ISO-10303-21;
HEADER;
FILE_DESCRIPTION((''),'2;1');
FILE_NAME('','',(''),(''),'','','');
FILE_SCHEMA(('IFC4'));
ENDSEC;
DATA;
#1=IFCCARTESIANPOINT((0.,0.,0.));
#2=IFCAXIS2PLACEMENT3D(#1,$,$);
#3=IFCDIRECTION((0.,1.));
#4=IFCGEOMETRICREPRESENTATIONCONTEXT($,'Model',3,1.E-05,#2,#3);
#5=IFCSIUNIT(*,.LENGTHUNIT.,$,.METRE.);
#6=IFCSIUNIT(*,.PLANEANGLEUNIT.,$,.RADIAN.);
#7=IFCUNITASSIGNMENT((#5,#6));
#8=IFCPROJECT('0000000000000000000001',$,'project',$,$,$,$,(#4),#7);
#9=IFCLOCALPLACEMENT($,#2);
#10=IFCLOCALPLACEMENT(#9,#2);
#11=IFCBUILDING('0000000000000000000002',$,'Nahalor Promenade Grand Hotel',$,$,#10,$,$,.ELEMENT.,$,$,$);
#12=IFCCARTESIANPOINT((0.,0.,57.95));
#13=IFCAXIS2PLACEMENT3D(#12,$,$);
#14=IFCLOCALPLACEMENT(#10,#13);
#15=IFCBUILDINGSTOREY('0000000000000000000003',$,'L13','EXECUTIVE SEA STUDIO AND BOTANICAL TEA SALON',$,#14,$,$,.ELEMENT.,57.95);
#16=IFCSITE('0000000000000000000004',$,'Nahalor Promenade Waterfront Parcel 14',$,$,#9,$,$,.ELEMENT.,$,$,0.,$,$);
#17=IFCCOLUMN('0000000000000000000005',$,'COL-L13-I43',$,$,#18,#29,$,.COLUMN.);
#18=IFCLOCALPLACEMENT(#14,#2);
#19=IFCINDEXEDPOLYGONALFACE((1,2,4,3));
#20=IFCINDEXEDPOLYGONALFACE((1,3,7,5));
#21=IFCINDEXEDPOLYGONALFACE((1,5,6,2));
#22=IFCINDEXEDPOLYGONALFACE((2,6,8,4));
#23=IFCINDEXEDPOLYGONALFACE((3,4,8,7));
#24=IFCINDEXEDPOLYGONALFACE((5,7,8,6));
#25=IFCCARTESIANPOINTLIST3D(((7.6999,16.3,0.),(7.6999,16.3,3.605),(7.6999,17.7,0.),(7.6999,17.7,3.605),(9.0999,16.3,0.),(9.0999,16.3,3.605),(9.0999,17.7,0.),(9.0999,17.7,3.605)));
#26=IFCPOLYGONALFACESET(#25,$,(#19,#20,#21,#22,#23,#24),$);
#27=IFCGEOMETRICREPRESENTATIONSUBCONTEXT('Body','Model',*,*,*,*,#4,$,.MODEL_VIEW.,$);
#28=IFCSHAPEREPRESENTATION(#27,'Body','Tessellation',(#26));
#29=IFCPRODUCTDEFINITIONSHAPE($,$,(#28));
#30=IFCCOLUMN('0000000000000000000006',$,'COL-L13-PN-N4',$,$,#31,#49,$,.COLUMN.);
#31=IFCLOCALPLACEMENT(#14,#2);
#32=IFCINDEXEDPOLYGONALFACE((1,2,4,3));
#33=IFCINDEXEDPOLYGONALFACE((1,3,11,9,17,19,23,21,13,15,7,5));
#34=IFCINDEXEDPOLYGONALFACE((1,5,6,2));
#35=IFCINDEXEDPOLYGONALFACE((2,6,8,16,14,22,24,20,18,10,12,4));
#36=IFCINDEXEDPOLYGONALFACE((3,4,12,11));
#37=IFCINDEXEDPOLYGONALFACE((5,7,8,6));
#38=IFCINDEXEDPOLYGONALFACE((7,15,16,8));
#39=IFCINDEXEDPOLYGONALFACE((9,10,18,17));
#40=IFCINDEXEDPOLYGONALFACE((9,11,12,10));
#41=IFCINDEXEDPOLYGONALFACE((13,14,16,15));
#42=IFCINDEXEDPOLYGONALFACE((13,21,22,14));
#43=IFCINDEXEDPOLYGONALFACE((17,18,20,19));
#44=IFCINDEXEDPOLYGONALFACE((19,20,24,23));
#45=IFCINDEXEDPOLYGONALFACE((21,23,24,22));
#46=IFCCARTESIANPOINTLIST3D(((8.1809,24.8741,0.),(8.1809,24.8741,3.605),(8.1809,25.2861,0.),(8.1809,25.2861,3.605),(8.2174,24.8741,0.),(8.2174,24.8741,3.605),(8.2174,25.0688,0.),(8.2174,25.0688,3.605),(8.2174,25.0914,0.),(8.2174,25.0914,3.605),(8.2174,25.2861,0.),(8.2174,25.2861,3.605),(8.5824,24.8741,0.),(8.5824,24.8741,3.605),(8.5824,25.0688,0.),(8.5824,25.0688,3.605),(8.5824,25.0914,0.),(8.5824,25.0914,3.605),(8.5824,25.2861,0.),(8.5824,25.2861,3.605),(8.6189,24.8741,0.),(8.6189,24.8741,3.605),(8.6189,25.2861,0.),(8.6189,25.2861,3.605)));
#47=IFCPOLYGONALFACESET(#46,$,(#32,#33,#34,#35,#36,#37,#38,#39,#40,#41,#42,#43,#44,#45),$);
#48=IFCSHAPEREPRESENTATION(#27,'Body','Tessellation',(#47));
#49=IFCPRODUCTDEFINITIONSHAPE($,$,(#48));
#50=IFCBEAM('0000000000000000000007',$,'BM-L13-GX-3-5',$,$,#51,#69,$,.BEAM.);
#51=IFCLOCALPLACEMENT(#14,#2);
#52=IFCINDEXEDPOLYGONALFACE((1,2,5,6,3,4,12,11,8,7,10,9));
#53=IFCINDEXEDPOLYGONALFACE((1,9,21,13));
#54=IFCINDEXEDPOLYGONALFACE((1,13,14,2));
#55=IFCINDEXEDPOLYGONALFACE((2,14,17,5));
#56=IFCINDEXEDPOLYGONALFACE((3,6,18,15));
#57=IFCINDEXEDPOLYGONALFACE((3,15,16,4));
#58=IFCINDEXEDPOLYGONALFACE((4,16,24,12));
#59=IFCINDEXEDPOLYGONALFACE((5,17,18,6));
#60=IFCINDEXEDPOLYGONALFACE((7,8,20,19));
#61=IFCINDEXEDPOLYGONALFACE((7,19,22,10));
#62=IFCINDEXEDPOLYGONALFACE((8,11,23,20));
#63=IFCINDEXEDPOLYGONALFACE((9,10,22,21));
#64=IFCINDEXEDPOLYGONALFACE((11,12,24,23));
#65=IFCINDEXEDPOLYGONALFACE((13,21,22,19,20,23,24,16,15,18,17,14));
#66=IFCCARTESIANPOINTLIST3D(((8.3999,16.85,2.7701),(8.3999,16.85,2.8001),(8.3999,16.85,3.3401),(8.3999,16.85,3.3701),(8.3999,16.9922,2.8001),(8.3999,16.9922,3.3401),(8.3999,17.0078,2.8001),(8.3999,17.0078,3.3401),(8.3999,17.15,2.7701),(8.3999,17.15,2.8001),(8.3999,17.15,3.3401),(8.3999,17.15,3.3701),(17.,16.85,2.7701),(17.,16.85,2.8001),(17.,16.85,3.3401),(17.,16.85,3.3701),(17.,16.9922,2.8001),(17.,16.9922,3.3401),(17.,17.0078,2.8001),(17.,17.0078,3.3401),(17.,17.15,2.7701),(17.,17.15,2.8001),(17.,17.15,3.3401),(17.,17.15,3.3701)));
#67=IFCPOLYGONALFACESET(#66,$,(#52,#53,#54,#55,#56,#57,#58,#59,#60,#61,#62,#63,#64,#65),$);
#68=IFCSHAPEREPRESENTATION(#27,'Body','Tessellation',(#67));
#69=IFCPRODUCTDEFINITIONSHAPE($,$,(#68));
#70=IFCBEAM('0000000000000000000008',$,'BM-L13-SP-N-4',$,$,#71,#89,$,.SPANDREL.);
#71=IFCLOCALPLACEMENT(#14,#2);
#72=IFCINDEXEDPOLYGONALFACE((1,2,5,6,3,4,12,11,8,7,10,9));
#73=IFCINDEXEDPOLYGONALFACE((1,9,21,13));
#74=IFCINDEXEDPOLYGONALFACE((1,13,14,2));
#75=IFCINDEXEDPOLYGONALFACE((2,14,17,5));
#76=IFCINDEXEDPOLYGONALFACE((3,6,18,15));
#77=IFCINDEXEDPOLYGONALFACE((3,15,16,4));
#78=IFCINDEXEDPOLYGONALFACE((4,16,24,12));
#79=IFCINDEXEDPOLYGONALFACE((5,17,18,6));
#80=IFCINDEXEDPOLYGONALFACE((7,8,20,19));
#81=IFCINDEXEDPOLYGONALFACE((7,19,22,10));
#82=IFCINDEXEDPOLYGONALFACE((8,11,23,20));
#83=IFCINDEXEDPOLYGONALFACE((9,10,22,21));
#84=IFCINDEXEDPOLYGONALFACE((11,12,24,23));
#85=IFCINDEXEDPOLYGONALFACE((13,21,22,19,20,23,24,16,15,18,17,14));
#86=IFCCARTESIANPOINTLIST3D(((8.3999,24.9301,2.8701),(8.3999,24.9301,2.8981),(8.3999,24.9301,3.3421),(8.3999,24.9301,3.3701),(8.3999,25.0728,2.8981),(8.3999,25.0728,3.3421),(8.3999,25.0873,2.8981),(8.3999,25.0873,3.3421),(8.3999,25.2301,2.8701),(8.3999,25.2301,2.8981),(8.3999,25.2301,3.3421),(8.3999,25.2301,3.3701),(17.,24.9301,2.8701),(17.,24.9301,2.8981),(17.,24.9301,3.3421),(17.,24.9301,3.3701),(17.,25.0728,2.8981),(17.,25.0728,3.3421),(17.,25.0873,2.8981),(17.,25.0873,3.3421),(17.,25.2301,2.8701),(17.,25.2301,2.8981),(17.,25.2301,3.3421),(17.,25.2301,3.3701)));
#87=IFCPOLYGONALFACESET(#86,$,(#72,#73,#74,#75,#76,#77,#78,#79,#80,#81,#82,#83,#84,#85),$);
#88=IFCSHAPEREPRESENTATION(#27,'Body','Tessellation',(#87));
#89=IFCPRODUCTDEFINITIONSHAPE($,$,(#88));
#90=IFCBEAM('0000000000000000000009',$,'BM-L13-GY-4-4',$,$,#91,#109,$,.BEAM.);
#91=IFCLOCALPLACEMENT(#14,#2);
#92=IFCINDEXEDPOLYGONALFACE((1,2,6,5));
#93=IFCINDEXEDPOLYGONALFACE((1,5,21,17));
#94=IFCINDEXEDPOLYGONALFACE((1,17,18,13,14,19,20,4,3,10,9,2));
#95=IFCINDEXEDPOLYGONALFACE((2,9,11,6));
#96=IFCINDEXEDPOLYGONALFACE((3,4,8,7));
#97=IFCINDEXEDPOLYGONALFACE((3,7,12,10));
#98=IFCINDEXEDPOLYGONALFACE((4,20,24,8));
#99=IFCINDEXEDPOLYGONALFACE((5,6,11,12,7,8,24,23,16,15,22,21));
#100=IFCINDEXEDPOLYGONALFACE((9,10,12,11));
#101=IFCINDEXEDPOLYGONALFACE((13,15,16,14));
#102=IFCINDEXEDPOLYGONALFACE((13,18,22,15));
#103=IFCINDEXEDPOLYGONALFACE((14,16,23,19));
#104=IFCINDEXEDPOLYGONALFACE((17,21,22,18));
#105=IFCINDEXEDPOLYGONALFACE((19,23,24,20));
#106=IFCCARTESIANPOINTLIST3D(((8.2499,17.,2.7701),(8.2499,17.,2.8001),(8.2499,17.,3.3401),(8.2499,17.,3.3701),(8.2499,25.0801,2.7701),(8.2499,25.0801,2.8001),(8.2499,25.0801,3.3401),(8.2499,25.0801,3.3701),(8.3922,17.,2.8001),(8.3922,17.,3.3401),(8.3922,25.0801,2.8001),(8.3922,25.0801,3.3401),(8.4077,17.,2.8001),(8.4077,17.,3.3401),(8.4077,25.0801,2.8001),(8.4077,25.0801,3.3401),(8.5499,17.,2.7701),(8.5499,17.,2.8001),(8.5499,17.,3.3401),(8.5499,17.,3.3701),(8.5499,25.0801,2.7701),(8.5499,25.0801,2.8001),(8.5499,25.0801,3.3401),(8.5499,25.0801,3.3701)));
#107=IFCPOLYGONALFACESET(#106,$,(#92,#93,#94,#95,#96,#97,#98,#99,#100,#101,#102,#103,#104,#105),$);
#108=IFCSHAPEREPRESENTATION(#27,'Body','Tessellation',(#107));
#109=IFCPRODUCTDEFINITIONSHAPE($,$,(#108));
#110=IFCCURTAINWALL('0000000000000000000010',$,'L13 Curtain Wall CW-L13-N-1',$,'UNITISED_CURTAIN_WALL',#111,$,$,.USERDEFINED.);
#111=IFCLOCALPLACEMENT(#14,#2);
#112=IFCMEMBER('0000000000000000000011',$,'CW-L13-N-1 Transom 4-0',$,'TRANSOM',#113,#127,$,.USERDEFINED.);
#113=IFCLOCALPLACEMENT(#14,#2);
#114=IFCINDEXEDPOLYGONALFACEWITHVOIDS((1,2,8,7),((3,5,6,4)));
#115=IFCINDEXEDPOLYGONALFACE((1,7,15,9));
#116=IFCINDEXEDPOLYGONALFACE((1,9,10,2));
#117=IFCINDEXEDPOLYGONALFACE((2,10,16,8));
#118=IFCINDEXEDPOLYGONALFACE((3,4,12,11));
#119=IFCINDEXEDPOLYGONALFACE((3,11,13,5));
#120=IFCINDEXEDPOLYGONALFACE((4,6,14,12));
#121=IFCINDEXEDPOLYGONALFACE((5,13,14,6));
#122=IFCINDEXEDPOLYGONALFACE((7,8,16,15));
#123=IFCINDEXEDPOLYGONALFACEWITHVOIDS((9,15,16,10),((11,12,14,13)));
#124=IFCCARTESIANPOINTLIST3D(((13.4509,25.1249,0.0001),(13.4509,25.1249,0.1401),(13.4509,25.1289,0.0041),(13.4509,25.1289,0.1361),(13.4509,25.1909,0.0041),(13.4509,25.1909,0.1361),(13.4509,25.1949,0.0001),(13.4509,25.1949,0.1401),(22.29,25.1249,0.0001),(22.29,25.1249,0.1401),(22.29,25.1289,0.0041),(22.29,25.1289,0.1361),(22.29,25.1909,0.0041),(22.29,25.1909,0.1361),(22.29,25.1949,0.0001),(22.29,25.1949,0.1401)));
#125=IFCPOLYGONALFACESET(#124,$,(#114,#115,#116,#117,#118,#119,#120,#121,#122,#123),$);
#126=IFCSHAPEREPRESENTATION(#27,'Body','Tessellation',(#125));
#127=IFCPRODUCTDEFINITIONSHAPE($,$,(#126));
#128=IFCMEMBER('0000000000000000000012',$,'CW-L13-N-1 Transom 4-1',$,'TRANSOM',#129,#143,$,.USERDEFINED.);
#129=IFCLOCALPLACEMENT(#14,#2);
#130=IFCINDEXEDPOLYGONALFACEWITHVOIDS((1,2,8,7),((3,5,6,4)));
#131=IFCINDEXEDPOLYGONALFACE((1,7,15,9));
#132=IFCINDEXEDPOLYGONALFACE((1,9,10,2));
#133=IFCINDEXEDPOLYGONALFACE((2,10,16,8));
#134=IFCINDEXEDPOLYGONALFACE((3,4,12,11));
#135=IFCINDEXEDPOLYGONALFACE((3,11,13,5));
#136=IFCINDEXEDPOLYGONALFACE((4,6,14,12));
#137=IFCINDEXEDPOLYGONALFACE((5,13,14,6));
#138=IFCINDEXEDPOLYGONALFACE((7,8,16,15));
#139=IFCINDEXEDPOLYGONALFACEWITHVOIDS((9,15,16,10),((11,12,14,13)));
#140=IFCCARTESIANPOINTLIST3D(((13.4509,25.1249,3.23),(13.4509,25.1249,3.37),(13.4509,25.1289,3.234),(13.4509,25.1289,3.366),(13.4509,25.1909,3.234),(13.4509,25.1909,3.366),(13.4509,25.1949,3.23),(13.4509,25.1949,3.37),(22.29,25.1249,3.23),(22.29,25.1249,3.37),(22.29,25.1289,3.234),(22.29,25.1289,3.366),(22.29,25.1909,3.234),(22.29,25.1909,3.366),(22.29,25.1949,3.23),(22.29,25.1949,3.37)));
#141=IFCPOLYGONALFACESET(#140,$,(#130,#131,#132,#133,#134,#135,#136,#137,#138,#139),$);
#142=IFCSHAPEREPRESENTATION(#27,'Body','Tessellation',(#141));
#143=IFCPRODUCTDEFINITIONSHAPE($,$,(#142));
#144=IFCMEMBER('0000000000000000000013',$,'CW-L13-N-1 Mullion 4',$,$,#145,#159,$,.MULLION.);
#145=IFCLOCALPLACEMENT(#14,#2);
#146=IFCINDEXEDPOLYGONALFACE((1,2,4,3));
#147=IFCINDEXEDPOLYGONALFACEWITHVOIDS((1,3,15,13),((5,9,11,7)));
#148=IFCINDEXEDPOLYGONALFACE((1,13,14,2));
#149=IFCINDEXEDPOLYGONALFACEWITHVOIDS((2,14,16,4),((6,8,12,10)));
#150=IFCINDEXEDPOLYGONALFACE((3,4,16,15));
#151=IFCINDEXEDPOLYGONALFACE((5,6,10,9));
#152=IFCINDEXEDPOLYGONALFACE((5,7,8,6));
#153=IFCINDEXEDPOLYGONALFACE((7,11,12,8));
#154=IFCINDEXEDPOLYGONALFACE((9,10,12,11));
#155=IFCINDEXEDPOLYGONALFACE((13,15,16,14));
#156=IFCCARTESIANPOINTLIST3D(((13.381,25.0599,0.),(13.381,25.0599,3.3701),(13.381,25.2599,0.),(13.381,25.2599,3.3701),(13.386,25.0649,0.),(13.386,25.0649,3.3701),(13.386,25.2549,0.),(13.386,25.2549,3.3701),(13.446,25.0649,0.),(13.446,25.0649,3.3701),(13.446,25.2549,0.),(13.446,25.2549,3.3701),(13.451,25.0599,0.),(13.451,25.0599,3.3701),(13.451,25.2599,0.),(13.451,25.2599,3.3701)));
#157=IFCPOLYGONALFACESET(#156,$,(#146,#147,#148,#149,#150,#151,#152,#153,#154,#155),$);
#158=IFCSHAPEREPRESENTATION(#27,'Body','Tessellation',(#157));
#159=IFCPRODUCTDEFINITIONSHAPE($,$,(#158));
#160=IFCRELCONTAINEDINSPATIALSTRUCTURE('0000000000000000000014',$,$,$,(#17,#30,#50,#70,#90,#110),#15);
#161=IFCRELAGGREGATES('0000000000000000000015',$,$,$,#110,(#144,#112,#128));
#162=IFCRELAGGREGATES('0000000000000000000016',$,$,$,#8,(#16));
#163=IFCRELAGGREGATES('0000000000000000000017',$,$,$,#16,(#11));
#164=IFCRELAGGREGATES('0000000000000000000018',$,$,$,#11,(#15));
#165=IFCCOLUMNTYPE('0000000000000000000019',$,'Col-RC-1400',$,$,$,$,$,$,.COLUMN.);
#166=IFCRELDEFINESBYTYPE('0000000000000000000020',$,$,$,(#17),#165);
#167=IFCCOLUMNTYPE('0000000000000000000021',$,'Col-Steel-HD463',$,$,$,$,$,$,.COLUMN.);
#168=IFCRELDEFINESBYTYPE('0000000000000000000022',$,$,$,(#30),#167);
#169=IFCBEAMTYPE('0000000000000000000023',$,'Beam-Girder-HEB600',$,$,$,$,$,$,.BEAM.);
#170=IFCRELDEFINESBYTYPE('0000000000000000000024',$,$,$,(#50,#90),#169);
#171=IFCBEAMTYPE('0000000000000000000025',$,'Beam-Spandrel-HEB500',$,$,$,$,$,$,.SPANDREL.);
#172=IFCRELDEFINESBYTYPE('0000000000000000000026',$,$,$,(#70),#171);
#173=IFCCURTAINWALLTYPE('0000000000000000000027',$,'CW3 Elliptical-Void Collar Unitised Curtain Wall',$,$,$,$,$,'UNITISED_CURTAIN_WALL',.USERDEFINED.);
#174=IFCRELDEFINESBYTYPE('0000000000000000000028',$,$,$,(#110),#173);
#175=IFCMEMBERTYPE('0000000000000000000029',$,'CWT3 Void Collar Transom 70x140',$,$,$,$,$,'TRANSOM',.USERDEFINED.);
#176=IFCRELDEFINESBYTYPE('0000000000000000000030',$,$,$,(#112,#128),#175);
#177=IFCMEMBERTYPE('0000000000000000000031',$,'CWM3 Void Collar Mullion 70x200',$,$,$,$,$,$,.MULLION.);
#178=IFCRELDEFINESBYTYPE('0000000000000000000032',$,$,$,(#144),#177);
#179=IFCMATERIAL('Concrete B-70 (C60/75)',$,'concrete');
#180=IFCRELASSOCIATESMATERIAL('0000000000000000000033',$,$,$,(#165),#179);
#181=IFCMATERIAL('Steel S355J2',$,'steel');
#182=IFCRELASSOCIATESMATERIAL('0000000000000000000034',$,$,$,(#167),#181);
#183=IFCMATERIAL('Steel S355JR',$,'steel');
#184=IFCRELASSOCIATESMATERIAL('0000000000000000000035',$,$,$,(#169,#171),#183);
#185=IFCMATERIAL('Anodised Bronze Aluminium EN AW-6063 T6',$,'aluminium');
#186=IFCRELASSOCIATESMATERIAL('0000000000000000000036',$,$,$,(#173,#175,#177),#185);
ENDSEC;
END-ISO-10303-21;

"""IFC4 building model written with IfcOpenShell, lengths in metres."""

from ifc_helpers import new_model, si_unit, direction, frame, origin, origin_2d, place, context, subcontext, project, spatial, rectangle, hollow_rectangle, i_section, extrude, source, transform, mapped, material, material_profile, profile_set, type_object, element, aggregate, save


model = new_model("IFC4")

# Units and contexts
model_context = context("Model", 3, precision=1e-05, world=origin(), true_north=direction((0.0, 1.0)))
body_context = subcontext(model_context, "Body", "Model", "MODEL_VIEW")
ifc_project = project(units=[si_unit("LENGTHUNIT", "METRE"), si_unit("PLANEANGLEUNIT", "RADIAN")], contexts=[model_context])

# Site, building, storey
site_placement = place(None, origin())
site = spatial("IfcSite", under=ifc_project, at=site_placement, Name="Nahalor Promenade Waterfront Parcel 14", CompositionType="ELEMENT", RefElevation=0.0)
building_placement = place(site_placement, origin())
building = spatial("IfcBuilding", under=site, at=building_placement, Name="Nahalor Promenade Grand Hotel", CompositionType="ELEMENT")
storey_placement = place(building_placement, frame((0.0, 0.0, 57.95)))
storey = spatial("IfcBuildingStorey", under=building, at=storey_placement, Name="L13", Description="EXECUTIVE SEA STUDIO AND BOTANICAL TEA SALON", CompositionType="ELEMENT", Elevation=57.95)

# Columns
ifc_material_1 = material(Name="Concrete B-70 (C60/75)", Category="concrete")
ifc_material_profile_1 = material_profile(ifc_material_1, rectangle(XDim=1.4, YDim=1.4, at=origin_2d()), Name="RC 1400x1400")
ifc_profile_set_1 = profile_set([ifc_material_profile_1], Name="Concrete B-70 (C60/75)")
column_type_1 = type_object("IfcColumnType", Name="Col-RC-1400", PredefinedType="COLUMN", material=ifc_profile_set_1)
shared_shape_1 = source(origin(), body_context, "Body", "SweptSolid", [
    extrude(rectangle(XDim=1.4, YDim=1.4, at=origin_2d()), origin(), (0.0, 0.0, 1.0), 3.605),
])
column_1_placement = place(storey_placement, frame((8.3999, 17.0, 0.0), z_axis=(0.0, 0.0, 1.0), x_axis=(1.0, 0.0, 0.0)))
element("IfcColumn", 1, at=column_1_placement, inside=storey, type_object=column_type_1, Name="COL-L13-I43", PredefinedType="COLUMN", context=body_context, shape_type="MappedRepresentation", body=[
    mapped(shared_shape_1, transform((0.0, 0.0, 0.0), scale=1.0)),
])
ifc_material_2 = material(Name="Steel S355J2", Category="steel")
ifc_material_profile_2 = material_profile(ifc_material_2, i_section(OverallWidth=0.412, OverallDepth=0.438, WebThickness=0.0226, FlangeThickness=0.0365, at=origin_2d()), Name="HD 400x463")
ifc_profile_set_2 = profile_set([ifc_material_profile_2], Name="Steel S355J2")
column_type_2 = type_object("IfcColumnType", Name="Col-Steel-HD463", PredefinedType="COLUMN", material=ifc_profile_set_2)
shared_shape_2 = source(origin(), body_context, "Body", "SweptSolid", [
    extrude(i_section(OverallWidth=0.412, OverallDepth=0.438, WebThickness=0.0226, FlangeThickness=0.0365, at=origin_2d()), origin(), (0.0, 0.0, 1.0), 3.605),
])
column_2_placement = place(storey_placement, frame((8.3999, 25.0801, 0.0), z_axis=(0.0, 0.0, 1.0), x_axis=(0.0, 1.0, 0.0)))
element("IfcColumn", 2, at=column_2_placement, inside=storey, type_object=column_type_2, Name="COL-L13-PN-N4", PredefinedType="COLUMN", context=body_context, shape_type="MappedRepresentation", body=[
    mapped(shared_shape_2, transform((0.0, 0.0, 0.0), scale=1.0)),
])

# Beams
ifc_material_3 = material(Name="Steel S355JR", Category="steel")
ifc_material_profile_3 = material_profile(ifc_material_3, i_section(OverallWidth=0.3, OverallDepth=0.6, WebThickness=0.0155, FlangeThickness=0.03, at=origin_2d()), Name="HEB 600")
ifc_profile_set_3 = profile_set([ifc_material_profile_3], Name="Steel S355JR")
beam_type_1 = type_object("IfcBeamType", Name="Beam-Girder-HEB600", PredefinedType="BEAM", material=ifc_profile_set_3)
shared_shape_3 = source(origin(), body_context, "Body", "SweptSolid", [
    extrude(i_section(OverallWidth=0.3, OverallDepth=0.6, WebThickness=0.0155, FlangeThickness=0.03, at=origin_2d()), origin(), (0.0, 0.0, 1.0), 8.6001),
])
beam_1_placement = place(storey_placement, frame((8.3999, 17.0, 3.0701), z_axis=(1.0, 0.0, 0.0), x_axis=(0.0, 1.0, 0.0)))
element("IfcBeam", 3, at=beam_1_placement, inside=storey, type_object=beam_type_1, Name="BM-L13-GX-3-5", PredefinedType="BEAM", context=body_context, shape_type="MappedRepresentation", body=[
    mapped(shared_shape_3, transform((0.0, 0.0, 0.0), scale=1.0)),
])
ifc_material_profile_4 = material_profile(ifc_material_3, i_section(OverallWidth=0.3, OverallDepth=0.5, WebThickness=0.0145, FlangeThickness=0.028, at=origin_2d()), Name="HEB 500")
ifc_profile_set_4 = profile_set([ifc_material_profile_4], Name="Steel S355JR")
beam_type_2 = type_object("IfcBeamType", Name="Beam-Spandrel-HEB500", PredefinedType="SPANDREL", material=ifc_profile_set_4)
shared_shape_4 = source(origin(), body_context, "Body", "SweptSolid", [
    extrude(i_section(OverallWidth=0.3, OverallDepth=0.5, WebThickness=0.0145, FlangeThickness=0.028, at=origin_2d()), origin(), (0.0, 0.0, 1.0), 8.6001),
])
beam_2_placement = place(storey_placement, frame((8.3999, 25.0801, 3.1201), z_axis=(1.0, 0.0, 0.0), x_axis=(0.0, 1.0, 0.0)))
element("IfcBeam", 4, at=beam_2_placement, inside=storey, type_object=beam_type_2, Name="BM-L13-SP-N-4", PredefinedType="SPANDREL", context=body_context, shape_type="MappedRepresentation", body=[
    mapped(shared_shape_4, transform((0.0, 0.0, 0.0), scale=1.0)),
])
shared_shape_5 = source(origin(), body_context, "Body", "SweptSolid", [
    extrude(i_section(OverallWidth=0.3, OverallDepth=0.6, WebThickness=0.0155, FlangeThickness=0.03, at=origin_2d()), origin(), (0.0, 0.0, 1.0), 8.0801),
])
beam_3_placement = place(storey_placement, frame((8.3999, 17.0, 3.0701), z_axis=(0.0, 1.0, 0.0), x_axis=(-1.0, 0.0, 0.0)))
element("IfcBeam", 5, at=beam_3_placement, inside=storey, type_object=beam_type_1, Name="BM-L13-GY-4-4", PredefinedType="BEAM", context=body_context, shape_type="MappedRepresentation", body=[
    mapped(shared_shape_5, transform((0.0, 0.0, 0.0), scale=1.0)),
])

# Curtain wall, members
ifc_material_4 = material(Name="Anodised Bronze Aluminium EN AW-6063 T6", Category="aluminium")
curtain_wall_type = type_object("IfcCurtainWallType", Name="CW3 Elliptical-Void Collar Unitised Curtain Wall", ElementType="UNITISED_CURTAIN_WALL", PredefinedType="USERDEFINED", material=ifc_material_4)
curtain_wall_placement = place(storey_placement, origin())
curtain_wall = element("IfcCurtainWall", 6, at=curtain_wall_placement, inside=storey, type_object=curtain_wall_type, Name="L13 Curtain Wall CW-L13-N-1", ObjectType="UNITISED_CURTAIN_WALL", PredefinedType="USERDEFINED")
ifc_material_profile_5 = material_profile(ifc_material_4, hollow_rectangle(XDim=0.07, YDim=0.14, WallThickness=0.004, at=origin_2d()), Name="CWT 70x140x4")
ifc_profile_set_5 = profile_set([ifc_material_profile_5], Name="Anodised Bronze Aluminium EN AW-6063 T6")
member_type_1 = type_object("IfcMemberType", Name="CWT3 Void Collar Transom 70x140", ElementType="TRANSOM", PredefinedType="USERDEFINED", material=ifc_profile_set_5)
shared_shape_6 = source(origin(), body_context, "Body", "SweptSolid", [
    extrude(hollow_rectangle(XDim=0.07, YDim=0.14, WallThickness=0.004, at=origin_2d()), origin(), (0.0, 0.0, 1.0), 8.8391),
])
member_1_placement = place(storey_placement, frame((13.4509, 25.1599, 0.0701), z_axis=(1.0, 0.0, 0.0), x_axis=(0.0, 1.0, 0.0)))
member_1 = element("IfcMember", 7, at=member_1_placement, type_object=member_type_1, Name="CW-L13-N-1 Transom 4-0", ObjectType="TRANSOM", PredefinedType="USERDEFINED", context=body_context, shape_type="MappedRepresentation", body=[
    mapped(shared_shape_6, transform((0.0, 0.0, 0.0), scale=1.0)),
])
member_2_placement = place(storey_placement, frame((13.4509, 25.1599, 3.3), z_axis=(1.0, 0.0, 0.0), x_axis=(0.0, 1.0, 0.0)))
member_2 = element("IfcMember", 8, at=member_2_placement, type_object=member_type_1, Name="CW-L13-N-1 Transom 4-1", ObjectType="TRANSOM", PredefinedType="USERDEFINED", context=body_context, shape_type="MappedRepresentation", body=[
    mapped(shared_shape_6, transform((0.0, 0.0, 0.0), scale=1.0)),
])
ifc_material_profile_6 = material_profile(ifc_material_4, hollow_rectangle(XDim=0.07, YDim=0.2, WallThickness=0.005, at=origin_2d()), Name="CWM 70x200x5")
ifc_profile_set_6 = profile_set([ifc_material_profile_6], Name="Anodised Bronze Aluminium EN AW-6063 T6")
member_type_2 = type_object("IfcMemberType", Name="CWM3 Void Collar Mullion 70x200", PredefinedType="MULLION", material=ifc_profile_set_6)
shared_shape_7 = source(origin(), body_context, "Body", "SweptSolid", [
    extrude(hollow_rectangle(XDim=0.07, YDim=0.2, WallThickness=0.005, at=origin_2d()), origin(), (0.0, 0.0, 1.0), 3.3701),
])
member_3_placement = place(storey_placement, frame((13.416, 25.1599, 0.0), z_axis=(0.0, 0.0, 1.0), x_axis=(1.0, 0.0, 0.0)))
member_3 = element("IfcMember", 9, at=member_3_placement, type_object=member_type_2, Name="CW-L13-N-1 Mullion 4", PredefinedType="MULLION", context=body_context, shape_type="MappedRepresentation", body=[
    mapped(shared_shape_7, transform((0.0, 0.0, 0.0), scale=1.0)),
])
aggregate(curtain_wall, [member_3, member_1, member_2])

save(model, "model.ifc")
